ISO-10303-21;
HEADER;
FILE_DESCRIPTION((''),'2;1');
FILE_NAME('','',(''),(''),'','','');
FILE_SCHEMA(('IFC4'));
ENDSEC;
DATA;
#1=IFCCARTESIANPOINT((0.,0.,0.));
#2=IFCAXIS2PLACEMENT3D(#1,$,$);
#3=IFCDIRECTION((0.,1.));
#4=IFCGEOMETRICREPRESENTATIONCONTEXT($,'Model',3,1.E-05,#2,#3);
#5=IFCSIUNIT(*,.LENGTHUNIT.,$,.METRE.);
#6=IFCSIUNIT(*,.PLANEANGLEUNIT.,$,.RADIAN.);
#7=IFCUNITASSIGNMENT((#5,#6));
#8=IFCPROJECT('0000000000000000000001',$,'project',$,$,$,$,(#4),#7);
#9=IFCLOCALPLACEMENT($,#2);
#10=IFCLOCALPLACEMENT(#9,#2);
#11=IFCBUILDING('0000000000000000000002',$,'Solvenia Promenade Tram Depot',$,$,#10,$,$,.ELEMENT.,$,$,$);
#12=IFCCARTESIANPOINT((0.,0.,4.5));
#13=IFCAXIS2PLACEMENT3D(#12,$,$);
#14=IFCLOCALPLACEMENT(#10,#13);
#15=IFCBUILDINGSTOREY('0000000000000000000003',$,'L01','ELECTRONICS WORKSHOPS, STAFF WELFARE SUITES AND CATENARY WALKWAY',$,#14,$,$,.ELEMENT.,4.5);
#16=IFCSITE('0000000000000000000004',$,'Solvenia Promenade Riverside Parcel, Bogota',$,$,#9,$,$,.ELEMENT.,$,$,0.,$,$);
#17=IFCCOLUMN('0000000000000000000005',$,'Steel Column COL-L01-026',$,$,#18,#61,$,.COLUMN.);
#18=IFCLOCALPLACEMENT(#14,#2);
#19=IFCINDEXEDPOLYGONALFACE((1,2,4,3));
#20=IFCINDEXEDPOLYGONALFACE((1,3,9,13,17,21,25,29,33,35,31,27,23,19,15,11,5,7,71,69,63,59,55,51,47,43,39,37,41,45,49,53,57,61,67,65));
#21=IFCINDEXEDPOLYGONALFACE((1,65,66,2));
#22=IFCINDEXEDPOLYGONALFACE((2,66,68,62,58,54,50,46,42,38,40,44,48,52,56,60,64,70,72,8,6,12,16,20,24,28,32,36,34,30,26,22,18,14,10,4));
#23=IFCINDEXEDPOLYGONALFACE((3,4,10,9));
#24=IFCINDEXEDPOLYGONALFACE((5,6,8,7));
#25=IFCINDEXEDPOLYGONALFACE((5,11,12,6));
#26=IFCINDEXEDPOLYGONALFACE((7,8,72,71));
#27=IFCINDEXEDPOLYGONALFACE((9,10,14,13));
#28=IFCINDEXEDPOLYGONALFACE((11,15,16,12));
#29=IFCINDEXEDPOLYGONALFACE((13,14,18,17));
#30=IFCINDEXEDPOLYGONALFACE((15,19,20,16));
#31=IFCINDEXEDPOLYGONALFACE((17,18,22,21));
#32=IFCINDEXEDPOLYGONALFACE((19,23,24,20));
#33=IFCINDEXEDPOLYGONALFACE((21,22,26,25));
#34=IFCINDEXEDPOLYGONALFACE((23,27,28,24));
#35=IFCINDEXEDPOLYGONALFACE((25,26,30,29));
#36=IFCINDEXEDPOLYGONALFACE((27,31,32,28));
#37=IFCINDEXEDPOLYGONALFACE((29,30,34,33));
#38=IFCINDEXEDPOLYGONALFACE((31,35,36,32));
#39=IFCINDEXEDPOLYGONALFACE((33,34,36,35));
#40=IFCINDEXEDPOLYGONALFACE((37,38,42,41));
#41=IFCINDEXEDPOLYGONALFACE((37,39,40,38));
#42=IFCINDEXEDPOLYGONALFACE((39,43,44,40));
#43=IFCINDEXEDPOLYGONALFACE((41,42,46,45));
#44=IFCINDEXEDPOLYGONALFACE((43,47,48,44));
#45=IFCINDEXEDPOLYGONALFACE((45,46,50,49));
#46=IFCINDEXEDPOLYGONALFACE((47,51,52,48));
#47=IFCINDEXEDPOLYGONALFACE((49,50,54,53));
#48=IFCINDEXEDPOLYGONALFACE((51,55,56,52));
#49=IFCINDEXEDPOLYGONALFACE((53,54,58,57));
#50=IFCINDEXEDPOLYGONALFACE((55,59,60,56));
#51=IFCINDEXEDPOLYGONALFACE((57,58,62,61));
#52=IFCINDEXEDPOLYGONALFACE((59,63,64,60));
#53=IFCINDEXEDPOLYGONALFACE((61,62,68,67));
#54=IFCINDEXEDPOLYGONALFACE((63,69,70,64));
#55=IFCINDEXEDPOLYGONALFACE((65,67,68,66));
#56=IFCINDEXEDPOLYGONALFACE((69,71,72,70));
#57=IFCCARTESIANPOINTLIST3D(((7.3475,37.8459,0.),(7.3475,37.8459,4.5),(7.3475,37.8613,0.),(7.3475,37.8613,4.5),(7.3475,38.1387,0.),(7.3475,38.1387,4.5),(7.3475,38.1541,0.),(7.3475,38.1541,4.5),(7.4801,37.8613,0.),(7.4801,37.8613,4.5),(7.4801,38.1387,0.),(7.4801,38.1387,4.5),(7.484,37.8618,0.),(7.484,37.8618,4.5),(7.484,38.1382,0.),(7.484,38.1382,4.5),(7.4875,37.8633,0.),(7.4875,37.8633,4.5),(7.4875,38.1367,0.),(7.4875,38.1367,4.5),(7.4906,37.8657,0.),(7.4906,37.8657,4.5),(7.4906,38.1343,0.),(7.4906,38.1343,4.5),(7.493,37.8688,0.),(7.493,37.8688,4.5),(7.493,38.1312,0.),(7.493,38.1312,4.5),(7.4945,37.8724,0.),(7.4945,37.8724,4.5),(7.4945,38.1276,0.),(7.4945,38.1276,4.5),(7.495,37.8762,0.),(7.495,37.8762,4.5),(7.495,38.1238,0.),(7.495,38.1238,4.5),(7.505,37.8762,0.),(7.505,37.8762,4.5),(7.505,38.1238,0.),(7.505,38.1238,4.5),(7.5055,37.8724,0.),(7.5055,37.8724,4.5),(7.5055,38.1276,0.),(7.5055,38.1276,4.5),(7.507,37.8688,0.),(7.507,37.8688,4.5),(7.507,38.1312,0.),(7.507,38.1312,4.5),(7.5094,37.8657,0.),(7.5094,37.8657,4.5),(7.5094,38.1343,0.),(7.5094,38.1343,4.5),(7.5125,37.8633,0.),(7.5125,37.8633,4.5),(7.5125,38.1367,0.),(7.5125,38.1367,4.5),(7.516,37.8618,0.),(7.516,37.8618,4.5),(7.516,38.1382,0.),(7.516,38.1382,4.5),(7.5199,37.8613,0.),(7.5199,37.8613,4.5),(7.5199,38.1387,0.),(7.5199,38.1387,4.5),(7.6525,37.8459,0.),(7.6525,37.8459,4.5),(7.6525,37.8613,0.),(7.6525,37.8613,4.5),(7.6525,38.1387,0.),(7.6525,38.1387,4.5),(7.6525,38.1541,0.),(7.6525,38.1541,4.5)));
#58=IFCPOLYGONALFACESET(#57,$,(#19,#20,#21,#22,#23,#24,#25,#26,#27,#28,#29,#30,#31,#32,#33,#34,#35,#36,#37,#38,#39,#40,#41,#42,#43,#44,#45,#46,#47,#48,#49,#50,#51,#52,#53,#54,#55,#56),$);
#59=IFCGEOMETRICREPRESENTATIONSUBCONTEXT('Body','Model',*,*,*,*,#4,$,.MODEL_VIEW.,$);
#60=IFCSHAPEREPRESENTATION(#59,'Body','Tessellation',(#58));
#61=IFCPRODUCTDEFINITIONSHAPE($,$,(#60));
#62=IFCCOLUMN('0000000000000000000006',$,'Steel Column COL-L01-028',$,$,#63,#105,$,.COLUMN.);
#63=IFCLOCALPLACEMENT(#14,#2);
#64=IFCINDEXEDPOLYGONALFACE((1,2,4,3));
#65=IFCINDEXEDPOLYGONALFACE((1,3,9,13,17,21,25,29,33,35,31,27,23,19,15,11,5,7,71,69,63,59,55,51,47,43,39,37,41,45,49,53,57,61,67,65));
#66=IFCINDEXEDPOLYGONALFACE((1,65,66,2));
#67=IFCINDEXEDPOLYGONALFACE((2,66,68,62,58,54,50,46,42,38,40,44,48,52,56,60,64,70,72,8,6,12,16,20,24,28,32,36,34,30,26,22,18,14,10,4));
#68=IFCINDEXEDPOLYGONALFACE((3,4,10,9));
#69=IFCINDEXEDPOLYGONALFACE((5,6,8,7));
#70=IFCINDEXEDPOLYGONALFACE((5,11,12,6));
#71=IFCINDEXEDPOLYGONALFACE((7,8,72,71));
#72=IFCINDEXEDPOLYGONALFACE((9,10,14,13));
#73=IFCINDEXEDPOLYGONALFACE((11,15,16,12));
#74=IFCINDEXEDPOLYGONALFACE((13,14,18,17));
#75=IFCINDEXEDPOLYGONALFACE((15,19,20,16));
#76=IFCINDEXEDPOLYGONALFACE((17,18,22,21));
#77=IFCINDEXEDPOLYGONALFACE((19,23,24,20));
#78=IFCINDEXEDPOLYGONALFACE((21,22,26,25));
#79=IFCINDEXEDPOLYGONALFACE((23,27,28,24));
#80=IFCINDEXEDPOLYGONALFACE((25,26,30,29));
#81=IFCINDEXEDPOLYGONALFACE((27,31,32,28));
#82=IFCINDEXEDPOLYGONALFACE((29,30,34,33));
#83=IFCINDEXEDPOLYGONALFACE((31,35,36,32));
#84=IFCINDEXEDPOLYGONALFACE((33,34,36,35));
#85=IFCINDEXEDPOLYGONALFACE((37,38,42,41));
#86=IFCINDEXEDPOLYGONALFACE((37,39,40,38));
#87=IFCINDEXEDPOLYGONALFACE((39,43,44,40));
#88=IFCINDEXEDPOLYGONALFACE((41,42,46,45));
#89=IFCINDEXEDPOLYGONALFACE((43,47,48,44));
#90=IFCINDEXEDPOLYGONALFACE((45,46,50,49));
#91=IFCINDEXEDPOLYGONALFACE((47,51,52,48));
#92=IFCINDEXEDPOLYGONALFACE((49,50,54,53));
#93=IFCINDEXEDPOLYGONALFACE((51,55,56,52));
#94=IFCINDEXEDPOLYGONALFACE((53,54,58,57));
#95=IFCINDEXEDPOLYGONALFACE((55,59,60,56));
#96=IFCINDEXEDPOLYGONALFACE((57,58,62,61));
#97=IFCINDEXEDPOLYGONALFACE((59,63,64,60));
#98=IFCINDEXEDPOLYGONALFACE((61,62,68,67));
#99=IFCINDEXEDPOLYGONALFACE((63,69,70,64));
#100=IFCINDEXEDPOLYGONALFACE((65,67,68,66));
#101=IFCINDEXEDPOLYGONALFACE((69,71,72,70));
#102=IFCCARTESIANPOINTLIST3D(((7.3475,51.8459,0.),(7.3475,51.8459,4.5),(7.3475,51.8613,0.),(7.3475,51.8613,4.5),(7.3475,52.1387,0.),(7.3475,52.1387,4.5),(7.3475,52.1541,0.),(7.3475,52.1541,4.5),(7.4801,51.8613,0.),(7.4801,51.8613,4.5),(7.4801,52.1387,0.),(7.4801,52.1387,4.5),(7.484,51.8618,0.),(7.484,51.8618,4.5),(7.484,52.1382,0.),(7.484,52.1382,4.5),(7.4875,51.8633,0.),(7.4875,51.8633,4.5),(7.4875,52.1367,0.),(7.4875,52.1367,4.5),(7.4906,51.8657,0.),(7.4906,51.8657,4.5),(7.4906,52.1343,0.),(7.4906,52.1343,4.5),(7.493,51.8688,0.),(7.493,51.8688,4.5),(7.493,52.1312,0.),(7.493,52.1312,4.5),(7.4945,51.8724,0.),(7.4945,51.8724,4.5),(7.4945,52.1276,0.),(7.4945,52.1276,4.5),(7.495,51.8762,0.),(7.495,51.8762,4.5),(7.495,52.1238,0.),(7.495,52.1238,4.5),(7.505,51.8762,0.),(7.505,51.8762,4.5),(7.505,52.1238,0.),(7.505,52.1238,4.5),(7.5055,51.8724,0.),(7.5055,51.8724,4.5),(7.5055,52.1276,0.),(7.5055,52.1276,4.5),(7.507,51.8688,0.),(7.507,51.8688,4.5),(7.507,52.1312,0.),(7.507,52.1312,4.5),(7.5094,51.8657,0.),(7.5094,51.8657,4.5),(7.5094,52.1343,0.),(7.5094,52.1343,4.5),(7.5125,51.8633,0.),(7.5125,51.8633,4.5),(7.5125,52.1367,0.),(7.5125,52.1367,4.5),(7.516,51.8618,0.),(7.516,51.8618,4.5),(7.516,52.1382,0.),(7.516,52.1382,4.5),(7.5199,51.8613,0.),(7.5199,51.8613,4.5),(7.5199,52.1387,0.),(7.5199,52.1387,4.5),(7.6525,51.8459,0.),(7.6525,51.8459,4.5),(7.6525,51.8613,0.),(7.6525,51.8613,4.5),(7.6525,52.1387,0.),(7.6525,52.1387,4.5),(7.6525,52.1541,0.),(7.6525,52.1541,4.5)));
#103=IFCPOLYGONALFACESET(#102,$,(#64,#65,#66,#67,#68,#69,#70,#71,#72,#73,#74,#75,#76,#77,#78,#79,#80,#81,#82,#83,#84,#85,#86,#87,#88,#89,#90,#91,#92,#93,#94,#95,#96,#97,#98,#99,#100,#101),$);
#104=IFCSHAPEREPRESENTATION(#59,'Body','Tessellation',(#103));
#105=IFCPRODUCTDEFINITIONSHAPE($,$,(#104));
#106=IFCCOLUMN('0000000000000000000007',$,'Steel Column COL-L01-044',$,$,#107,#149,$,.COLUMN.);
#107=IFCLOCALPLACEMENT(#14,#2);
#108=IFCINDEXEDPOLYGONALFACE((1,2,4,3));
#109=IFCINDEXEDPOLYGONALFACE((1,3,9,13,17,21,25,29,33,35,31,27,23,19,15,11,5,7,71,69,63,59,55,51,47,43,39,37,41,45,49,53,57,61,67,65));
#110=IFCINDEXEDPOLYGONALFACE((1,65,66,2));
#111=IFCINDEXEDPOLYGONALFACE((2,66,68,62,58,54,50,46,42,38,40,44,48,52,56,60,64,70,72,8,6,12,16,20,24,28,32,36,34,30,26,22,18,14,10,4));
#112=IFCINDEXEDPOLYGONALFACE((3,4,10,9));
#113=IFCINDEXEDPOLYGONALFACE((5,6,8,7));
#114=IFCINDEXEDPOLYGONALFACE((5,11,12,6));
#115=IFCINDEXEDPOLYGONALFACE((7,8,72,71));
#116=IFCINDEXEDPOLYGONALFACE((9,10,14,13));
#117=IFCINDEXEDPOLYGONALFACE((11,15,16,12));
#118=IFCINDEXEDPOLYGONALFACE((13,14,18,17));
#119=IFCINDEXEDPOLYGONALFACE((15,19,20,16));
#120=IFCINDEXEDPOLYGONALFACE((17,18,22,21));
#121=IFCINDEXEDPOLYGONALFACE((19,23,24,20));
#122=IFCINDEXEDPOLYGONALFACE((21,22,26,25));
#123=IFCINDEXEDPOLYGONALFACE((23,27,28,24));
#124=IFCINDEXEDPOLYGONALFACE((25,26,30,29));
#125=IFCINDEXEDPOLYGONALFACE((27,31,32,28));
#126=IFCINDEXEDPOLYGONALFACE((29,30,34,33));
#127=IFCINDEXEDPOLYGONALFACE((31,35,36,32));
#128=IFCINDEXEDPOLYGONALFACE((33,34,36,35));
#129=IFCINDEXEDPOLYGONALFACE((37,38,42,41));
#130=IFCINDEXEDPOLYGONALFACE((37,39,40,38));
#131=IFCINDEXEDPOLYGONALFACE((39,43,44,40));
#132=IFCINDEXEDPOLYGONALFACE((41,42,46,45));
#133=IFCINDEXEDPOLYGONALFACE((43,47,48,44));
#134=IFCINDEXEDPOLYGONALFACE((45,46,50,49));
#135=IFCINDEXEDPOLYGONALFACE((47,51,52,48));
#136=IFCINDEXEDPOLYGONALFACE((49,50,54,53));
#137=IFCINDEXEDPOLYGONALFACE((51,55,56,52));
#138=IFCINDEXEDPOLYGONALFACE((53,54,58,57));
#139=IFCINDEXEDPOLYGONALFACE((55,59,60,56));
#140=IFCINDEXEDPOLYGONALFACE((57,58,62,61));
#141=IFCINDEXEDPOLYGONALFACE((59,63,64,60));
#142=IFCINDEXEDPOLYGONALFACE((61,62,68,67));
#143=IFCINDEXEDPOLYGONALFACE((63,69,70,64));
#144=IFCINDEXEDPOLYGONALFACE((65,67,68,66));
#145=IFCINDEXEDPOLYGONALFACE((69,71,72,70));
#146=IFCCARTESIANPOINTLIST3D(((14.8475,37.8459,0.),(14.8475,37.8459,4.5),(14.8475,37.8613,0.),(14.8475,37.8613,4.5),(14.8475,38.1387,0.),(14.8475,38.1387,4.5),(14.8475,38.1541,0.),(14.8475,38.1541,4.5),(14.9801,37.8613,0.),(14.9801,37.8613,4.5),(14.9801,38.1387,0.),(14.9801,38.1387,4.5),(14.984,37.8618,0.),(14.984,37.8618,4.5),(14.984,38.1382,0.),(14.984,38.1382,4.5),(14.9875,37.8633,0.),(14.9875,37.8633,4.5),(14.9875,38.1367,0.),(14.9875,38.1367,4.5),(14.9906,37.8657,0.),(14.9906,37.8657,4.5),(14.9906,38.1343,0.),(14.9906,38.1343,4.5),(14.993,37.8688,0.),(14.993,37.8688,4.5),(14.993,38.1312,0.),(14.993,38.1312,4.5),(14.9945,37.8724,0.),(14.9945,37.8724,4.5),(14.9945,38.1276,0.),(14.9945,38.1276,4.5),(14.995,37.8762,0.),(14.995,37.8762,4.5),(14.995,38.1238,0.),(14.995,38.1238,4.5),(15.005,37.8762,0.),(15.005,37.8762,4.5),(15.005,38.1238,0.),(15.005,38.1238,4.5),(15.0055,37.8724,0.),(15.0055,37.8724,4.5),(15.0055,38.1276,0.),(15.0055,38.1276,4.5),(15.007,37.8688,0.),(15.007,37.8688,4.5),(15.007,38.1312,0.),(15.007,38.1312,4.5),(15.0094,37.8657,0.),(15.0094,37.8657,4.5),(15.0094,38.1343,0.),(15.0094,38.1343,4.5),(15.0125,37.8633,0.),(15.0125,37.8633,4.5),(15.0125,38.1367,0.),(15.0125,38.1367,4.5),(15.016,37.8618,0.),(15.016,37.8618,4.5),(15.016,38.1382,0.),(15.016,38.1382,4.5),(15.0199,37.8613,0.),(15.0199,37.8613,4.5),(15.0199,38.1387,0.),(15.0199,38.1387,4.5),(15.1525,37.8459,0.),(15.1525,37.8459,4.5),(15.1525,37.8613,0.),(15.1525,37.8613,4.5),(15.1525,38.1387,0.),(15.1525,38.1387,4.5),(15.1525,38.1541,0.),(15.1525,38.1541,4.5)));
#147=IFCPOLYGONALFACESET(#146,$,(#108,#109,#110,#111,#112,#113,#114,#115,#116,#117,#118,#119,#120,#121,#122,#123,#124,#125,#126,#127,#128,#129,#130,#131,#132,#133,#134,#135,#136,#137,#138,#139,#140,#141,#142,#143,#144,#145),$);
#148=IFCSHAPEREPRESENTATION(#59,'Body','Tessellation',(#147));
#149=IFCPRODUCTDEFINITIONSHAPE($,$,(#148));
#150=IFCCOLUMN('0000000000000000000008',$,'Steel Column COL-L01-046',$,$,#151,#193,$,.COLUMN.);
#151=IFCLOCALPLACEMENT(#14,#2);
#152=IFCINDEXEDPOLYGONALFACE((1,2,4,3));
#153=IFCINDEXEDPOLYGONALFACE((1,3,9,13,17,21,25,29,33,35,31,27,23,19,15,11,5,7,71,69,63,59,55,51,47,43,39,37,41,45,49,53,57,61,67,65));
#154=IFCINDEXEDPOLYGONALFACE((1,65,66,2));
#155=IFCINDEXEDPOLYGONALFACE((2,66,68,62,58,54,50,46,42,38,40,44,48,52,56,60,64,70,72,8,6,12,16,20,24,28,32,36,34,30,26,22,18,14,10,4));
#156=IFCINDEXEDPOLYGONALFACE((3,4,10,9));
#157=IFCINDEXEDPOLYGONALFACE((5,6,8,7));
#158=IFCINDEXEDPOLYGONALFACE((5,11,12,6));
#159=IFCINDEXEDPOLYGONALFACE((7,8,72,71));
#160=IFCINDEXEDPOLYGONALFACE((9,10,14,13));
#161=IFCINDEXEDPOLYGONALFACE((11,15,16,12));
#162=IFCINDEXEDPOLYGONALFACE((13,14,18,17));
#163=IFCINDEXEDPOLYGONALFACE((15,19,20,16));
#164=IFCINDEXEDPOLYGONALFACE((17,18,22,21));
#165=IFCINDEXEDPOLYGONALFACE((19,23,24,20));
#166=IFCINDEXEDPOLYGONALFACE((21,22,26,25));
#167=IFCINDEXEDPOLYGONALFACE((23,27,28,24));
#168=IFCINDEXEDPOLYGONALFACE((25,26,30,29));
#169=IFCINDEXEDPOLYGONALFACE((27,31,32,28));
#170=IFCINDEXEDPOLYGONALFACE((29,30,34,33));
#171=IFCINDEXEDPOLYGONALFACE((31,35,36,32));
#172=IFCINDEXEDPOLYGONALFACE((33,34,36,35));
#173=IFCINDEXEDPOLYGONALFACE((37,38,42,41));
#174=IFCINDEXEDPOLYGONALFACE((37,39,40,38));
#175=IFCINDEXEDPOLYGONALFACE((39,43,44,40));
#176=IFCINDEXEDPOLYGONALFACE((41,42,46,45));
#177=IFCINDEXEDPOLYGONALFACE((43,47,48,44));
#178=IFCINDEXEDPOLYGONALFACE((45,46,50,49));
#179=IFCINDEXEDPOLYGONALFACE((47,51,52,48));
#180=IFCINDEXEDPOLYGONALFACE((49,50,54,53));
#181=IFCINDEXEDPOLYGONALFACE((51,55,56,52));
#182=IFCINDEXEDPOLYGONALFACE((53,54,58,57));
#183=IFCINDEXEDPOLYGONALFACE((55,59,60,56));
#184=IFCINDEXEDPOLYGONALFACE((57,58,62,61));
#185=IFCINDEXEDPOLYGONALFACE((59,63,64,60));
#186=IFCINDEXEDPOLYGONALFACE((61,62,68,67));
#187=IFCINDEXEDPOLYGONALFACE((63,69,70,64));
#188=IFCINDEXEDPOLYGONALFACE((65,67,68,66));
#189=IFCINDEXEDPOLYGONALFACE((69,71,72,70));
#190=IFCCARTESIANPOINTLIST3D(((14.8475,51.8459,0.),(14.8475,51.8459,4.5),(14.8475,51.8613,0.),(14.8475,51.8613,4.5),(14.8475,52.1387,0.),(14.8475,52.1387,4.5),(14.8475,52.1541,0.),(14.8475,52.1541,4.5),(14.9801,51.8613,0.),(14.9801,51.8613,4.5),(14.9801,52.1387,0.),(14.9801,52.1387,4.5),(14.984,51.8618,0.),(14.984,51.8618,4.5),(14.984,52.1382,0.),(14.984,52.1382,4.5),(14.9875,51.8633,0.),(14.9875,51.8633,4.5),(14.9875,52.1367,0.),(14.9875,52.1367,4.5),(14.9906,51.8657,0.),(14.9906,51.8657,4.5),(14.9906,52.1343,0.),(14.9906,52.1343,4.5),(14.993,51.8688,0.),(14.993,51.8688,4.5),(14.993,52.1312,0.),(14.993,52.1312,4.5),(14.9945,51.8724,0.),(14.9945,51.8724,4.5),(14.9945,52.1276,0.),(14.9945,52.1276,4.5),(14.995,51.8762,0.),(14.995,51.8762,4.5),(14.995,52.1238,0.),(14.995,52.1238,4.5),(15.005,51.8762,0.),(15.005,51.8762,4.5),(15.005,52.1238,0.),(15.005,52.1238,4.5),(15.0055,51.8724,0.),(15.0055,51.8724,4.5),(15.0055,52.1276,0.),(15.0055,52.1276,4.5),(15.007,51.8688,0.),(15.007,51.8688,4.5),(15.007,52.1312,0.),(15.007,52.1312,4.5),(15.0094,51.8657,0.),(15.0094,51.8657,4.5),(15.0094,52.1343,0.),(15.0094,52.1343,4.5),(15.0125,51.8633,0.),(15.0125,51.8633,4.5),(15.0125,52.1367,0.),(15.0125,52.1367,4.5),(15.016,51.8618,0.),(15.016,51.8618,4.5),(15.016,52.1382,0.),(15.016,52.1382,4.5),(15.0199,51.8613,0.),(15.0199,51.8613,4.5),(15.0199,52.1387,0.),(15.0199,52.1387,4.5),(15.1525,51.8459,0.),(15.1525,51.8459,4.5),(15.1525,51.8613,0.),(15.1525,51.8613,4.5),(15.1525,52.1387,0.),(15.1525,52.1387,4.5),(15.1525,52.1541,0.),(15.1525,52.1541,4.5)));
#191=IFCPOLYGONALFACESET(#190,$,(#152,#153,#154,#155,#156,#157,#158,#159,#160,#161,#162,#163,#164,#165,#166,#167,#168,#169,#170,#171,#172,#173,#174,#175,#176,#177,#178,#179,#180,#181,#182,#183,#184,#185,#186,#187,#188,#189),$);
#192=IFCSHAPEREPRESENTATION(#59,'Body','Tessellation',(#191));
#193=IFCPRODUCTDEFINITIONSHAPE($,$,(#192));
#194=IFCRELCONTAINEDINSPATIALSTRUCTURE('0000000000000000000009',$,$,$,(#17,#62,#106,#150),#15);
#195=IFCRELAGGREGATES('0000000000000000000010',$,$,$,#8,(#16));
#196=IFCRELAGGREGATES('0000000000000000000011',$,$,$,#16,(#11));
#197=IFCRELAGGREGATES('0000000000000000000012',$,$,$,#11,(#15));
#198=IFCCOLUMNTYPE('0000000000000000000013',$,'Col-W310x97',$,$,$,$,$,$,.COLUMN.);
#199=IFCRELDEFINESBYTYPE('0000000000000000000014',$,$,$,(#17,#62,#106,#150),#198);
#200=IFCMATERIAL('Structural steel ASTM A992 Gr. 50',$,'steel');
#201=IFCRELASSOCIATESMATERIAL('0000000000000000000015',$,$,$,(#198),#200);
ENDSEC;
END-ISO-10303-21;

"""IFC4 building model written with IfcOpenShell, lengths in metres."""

from ifc_helpers import new_model, si_unit, direction, frame, origin, origin_2d, place, context, subcontext, project, spatial, i_section, extrude, material, material_profile, profile_set, type_object, element, save


model = new_model("IFC4")

# Units and contexts
model_context = context("Model", 3, precision=1e-05, world=origin(), true_north=direction((0.0, 1.0)))
body_context = subcontext(model_context, "Body", "Model", "MODEL_VIEW")
ifc_project = project(units=[si_unit("LENGTHUNIT", "METRE"), si_unit("PLANEANGLEUNIT", "RADIAN")], contexts=[model_context])

# Site, building, storey
site_placement = place(None, origin())
site = spatial("IfcSite", under=ifc_project, at=site_placement, Name="Solvenia Promenade Riverside Parcel, Bogota", CompositionType="ELEMENT", RefElevation=0.0)
building_placement = place(site_placement, origin())
building = spatial("IfcBuilding", under=site, at=building_placement, Name="Solvenia Promenade Tram Depot", CompositionType="ELEMENT")
storey_placement = place(building_placement, frame((0.0, 0.0, 4.5)))
storey = spatial("IfcBuildingStorey", under=building, at=storey_placement, Name="L01", Description="ELECTRONICS WORKSHOPS, STAFF WELFARE SUITES AND CATENARY WALKWAY", CompositionType="ELEMENT", Elevation=4.5)

# Columns
ifc_material_1 = material(Name="Structural steel ASTM A992 Gr. 50", Category="steel")
ifc_material_profile_1 = material_profile(ifc_material_1, i_section(OverallWidth=0.3049, OverallDepth=0.3081, WebThickness=0.01, FlangeThickness=0.0154, FilletRadius=0.0149, at=origin_2d()), Name="W310x97", Category="steel")
ifc_profile_set_1 = profile_set([ifc_material_profile_1], Name="Structural steel ASTM A992 Gr. 50")
column_type = type_object("IfcColumnType", Name="Col-W310x97", PredefinedType="COLUMN", material=ifc_profile_set_1)
for number, where, z_axis, x_axis, name in (
    (1, (7.5, 38.0, 0.0), (0.0, 0.0, 1.0), (1.0, 0.0, 0.0), "Steel Column COL-L01-026"),
    (2, (7.5, 52.0, 0.0), (0.0, 0.0, 1.0), (1.0, 0.0, 0.0), "Steel Column COL-L01-028"),
    (3, (15.0, 38.0, 0.0), (0.0, 0.0, 1.0), (1.0, 0.0, 0.0), "Steel Column COL-L01-044"),
    (4, (15.0, 52.0, 0.0), (0.0, 0.0, 1.0), (1.0, 0.0, 0.0), "Steel Column COL-L01-046"),
):
    element("IfcColumn", number, at=place(storey_placement, frame(where, z_axis=z_axis, x_axis=x_axis)), inside=storey, type_object=column_type, Name=name, PredefinedType="COLUMN", context=body_context, shape_type="SweptSolid", body=[
        extrude(i_section(OverallWidth=0.3049, OverallDepth=0.3081, WebThickness=0.01, FlangeThickness=0.0154, FilletRadius=0.0149, at=origin_2d()), origin(), (0.0, 0.0, 1.0), 4.5),
    ])

save(model, "model.ifc")
